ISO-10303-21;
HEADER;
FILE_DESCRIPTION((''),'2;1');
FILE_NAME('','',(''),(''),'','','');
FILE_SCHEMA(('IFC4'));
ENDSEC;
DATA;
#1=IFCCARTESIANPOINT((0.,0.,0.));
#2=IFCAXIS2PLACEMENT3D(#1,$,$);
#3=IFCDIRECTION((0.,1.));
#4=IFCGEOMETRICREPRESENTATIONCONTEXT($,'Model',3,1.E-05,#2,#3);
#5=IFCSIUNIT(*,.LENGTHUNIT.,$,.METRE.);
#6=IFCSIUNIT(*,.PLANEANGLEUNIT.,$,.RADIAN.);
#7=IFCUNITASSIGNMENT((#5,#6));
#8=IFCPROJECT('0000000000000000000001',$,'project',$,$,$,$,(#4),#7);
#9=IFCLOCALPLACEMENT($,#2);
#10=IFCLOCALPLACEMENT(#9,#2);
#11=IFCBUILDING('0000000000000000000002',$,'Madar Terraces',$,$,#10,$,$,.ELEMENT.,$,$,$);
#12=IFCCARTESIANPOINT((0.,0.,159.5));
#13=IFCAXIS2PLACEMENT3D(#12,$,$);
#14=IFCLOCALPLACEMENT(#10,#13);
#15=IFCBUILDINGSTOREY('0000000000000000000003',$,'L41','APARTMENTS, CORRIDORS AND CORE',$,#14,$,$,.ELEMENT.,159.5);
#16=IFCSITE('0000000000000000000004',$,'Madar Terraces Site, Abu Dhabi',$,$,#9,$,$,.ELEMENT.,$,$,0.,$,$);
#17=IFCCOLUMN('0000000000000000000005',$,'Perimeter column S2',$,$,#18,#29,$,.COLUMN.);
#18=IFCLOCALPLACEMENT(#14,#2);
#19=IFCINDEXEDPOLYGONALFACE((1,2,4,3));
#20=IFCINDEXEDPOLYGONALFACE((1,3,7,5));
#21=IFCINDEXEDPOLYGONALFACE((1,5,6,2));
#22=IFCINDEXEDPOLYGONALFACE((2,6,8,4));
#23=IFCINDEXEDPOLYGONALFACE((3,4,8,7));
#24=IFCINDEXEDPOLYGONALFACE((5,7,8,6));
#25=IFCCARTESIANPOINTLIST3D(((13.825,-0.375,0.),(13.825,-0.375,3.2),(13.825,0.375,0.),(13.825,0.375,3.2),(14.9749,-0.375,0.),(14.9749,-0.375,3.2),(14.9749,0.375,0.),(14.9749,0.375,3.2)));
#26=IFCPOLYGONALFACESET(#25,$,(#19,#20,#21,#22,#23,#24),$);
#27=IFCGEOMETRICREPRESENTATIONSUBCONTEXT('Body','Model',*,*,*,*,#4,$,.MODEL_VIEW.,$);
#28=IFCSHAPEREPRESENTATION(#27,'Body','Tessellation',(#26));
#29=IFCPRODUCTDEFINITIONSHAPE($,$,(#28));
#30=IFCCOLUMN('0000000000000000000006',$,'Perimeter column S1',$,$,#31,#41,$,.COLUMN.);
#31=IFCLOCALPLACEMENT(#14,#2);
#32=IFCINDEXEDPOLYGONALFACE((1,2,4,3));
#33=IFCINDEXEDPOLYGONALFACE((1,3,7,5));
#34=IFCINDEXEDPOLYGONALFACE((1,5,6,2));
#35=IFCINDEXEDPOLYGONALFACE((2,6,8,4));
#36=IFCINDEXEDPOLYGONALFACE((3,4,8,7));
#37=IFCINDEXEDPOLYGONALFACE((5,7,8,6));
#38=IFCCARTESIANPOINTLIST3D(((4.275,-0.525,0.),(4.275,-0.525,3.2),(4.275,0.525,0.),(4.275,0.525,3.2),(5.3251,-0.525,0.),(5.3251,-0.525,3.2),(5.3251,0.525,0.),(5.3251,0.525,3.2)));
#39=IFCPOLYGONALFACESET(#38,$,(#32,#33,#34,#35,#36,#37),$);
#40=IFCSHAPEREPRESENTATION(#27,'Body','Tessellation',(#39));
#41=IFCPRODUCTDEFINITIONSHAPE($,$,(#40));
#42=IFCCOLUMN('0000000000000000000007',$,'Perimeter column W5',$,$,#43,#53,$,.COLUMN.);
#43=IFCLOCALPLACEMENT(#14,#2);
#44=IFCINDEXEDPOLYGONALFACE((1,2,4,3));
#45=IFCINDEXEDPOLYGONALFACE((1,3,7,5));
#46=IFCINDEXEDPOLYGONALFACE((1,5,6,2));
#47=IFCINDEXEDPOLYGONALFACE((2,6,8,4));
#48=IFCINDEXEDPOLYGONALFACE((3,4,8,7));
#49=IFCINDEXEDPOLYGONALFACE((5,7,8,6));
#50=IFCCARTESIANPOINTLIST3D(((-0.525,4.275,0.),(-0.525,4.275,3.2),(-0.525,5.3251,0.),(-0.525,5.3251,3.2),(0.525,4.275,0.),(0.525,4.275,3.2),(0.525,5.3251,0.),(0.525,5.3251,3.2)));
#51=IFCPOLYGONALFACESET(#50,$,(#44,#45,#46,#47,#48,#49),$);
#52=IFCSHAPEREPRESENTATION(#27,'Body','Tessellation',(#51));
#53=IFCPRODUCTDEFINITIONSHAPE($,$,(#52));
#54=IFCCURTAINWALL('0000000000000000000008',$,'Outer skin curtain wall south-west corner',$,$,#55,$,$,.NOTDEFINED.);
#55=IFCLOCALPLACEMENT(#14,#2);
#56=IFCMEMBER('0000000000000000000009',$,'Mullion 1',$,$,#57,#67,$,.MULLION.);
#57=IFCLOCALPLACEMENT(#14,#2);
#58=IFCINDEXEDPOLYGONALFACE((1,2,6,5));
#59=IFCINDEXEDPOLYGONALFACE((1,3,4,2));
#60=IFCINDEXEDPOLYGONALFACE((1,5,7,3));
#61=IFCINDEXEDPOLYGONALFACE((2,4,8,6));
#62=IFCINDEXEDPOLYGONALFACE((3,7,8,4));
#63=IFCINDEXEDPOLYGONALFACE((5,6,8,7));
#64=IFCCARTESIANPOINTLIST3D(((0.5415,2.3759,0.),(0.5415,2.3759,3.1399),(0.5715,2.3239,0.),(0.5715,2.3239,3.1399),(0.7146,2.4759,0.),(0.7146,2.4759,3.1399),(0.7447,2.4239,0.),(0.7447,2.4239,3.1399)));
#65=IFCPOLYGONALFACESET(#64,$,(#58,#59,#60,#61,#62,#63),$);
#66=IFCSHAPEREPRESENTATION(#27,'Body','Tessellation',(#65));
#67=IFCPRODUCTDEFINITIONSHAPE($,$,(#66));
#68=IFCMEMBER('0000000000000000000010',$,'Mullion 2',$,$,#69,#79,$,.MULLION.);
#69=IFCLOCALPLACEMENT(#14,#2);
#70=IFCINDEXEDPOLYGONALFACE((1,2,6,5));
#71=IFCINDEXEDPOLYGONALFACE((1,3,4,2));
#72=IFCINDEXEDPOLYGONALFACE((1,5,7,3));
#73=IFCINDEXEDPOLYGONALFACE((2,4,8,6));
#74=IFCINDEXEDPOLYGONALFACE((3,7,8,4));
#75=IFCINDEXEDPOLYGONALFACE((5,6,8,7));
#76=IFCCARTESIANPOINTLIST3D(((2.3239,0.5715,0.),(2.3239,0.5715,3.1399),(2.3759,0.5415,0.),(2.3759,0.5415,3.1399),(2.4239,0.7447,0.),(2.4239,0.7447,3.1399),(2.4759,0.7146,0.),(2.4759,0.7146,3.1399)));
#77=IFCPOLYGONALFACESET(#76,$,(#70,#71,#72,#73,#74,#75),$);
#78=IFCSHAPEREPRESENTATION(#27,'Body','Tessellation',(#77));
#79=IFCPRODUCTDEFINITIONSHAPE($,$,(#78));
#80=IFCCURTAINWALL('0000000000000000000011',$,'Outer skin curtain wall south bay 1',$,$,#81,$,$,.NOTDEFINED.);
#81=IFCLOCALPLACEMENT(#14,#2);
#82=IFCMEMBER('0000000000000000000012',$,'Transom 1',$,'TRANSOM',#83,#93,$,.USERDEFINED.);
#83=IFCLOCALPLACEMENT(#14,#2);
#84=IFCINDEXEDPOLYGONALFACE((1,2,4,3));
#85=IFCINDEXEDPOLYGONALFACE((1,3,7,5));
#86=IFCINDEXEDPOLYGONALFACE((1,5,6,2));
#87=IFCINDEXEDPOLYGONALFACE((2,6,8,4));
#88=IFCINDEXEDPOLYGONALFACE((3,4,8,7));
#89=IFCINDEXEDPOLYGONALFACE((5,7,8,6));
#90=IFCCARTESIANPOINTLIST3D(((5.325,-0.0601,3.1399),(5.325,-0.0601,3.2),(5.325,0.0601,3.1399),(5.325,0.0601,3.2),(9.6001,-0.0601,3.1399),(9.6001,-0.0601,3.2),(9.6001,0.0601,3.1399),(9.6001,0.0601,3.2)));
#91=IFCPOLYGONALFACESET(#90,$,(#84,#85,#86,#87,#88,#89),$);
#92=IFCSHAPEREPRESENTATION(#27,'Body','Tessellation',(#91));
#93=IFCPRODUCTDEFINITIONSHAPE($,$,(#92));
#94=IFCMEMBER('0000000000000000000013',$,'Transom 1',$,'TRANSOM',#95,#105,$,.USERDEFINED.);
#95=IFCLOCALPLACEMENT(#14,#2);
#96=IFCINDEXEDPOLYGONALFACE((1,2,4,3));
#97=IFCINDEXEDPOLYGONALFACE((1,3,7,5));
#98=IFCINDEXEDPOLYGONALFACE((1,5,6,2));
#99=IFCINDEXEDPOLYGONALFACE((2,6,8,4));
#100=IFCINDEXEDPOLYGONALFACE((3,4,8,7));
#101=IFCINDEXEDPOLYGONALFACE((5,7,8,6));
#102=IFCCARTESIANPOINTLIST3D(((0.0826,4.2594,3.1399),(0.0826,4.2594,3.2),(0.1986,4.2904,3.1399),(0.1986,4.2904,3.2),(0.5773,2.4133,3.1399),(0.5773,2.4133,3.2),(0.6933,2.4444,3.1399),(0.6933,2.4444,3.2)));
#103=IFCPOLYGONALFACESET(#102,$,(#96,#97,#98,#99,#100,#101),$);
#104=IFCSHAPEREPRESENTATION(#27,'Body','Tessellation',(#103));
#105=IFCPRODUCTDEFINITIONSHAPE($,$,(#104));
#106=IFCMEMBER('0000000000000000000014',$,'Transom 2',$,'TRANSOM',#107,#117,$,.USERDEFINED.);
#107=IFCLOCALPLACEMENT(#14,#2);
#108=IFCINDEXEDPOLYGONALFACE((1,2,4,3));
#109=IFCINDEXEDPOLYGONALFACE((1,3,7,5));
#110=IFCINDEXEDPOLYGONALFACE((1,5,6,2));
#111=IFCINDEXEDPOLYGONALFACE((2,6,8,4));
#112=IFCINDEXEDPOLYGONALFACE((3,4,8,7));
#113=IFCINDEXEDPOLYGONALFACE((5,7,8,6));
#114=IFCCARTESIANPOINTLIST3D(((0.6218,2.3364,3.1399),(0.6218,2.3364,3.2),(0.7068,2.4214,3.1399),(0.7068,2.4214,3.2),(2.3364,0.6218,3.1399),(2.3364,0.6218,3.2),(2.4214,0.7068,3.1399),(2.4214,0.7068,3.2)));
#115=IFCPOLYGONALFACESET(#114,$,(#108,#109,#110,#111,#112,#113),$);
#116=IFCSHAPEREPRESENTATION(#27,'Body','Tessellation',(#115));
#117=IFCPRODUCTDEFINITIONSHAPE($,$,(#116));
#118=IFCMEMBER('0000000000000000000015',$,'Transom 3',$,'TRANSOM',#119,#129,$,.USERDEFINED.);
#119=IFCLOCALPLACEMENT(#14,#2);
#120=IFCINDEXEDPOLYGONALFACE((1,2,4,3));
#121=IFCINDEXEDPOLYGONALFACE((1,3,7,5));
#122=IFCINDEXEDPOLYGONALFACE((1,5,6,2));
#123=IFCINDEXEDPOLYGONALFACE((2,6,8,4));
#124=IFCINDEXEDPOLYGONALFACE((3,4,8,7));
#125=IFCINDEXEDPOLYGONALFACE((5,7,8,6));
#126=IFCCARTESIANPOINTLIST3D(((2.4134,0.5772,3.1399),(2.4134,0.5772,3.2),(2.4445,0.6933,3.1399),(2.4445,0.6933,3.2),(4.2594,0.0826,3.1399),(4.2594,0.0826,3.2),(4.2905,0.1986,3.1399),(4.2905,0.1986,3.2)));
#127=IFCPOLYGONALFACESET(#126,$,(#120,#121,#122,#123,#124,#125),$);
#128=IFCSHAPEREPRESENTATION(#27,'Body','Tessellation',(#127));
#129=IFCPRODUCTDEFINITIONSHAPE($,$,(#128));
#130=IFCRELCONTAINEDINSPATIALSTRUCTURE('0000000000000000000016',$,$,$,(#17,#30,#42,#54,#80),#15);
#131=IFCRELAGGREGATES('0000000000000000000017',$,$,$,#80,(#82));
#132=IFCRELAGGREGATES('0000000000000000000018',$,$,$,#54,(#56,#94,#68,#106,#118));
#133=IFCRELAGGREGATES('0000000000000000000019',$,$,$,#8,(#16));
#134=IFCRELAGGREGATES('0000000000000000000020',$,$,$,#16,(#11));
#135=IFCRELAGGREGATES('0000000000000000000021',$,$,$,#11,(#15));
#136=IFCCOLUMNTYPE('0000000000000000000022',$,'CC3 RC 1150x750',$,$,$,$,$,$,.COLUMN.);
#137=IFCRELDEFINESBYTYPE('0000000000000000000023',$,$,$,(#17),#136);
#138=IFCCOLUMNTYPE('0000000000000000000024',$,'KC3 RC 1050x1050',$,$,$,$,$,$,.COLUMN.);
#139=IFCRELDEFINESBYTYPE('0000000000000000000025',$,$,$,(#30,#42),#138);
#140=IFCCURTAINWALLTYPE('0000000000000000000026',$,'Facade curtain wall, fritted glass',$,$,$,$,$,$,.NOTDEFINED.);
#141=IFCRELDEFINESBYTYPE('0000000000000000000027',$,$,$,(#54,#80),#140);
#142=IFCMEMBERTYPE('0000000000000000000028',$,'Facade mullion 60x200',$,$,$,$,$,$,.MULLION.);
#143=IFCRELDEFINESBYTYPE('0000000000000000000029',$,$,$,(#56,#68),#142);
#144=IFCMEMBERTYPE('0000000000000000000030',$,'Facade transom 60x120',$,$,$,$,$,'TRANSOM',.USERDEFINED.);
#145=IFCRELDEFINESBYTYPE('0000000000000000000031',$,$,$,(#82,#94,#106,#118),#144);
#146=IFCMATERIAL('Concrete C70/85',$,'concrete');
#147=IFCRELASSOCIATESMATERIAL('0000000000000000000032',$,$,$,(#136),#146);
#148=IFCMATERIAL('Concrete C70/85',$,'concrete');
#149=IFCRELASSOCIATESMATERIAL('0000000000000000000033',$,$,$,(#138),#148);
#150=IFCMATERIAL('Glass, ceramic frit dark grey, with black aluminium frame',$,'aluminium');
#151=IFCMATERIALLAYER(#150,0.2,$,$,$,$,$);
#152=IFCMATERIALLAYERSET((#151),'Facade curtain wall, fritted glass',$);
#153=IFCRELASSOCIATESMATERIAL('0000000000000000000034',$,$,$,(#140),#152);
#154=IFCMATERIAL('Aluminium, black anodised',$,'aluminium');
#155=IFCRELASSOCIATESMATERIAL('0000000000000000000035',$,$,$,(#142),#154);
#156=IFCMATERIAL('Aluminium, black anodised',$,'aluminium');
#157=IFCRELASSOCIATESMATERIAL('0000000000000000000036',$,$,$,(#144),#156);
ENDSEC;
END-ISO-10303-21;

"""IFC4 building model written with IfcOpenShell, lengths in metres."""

from ifc_helpers import new_model, si_unit, direction, frame, origin, origin_2d, place, context, subcontext, project, spatial, rectangle, extrude, material, layer, layer_set, material_profile, profile_set, type_object, element, aggregate, save


model = new_model("IFC4")

# Units and contexts
model_context = context("Model", 3, precision=1e-05, world=origin(), true_north=direction((0.0, 1.0)))
body_context = subcontext(model_context, "Body", "Model", "MODEL_VIEW")
ifc_project = project(units=[si_unit("LENGTHUNIT", "METRE"), si_unit("PLANEANGLEUNIT", "RADIAN")], contexts=[model_context])

# Site, building, storey
site_placement = place(None, origin())
site = spatial("IfcSite", under=ifc_project, at=site_placement, Name="Madar Terraces Site, Abu Dhabi", CompositionType="ELEMENT", RefElevation=0.0)
building_placement = place(site_placement, origin())
building = spatial("IfcBuilding", under=site, at=building_placement, Name="Madar Terraces", CompositionType="ELEMENT")
storey_placement = place(building_placement, frame((0.0, 0.0, 159.5)))
storey = spatial("IfcBuildingStorey", under=building, at=storey_placement, Name="L41", Description="APARTMENTS, CORRIDORS AND CORE", CompositionType="ELEMENT", Elevation=159.5)

# Columns
ifc_material_1 = material(Name="Concrete C70/85", Category="concrete")
ifc_material_profile_1 = material_profile(ifc_material_1, rectangle(XDim=1.1499, YDim=0.75, at=origin_2d()), Name="CC3 RC 1150x750")
ifc_profile_set_1 = profile_set([ifc_material_profile_1], Name="Concrete C70/85")
column_type_1 = type_object("IfcColumnType", Name="CC3 RC 1150x750", PredefinedType="COLUMN", material=ifc_profile_set_1)
column_placement = place(storey_placement, frame((14.3999, 0.0, 0.0), z_axis=(0.0, 0.0, 1.0), x_axis=(1.0, 0.0, 0.0)))
element("IfcColumn", 1, at=column_placement, inside=storey, type_object=column_type_1, Name="Perimeter column S2", PredefinedType="COLUMN", context=body_context, shape_type="SweptSolid", body=[
    extrude(rectangle(XDim=1.1499, YDim=0.75, at=origin_2d()), origin(), (0.0, 0.0, 1.0), 3.2),
])
ifc_material_2 = material(Name="Concrete C70/85", Category="concrete")
ifc_material_profile_2 = material_profile(ifc_material_2, rectangle(XDim=1.05, YDim=1.05, at=origin_2d()), Name="KC3 RC 1050x1050")
ifc_profile_set_2 = profile_set([ifc_material_profile_2], Name="Concrete C70/85")
column_type_2 = type_object("IfcColumnType", Name="KC3 RC 1050x1050", PredefinedType="COLUMN", material=ifc_profile_set_2)
for number, where, z_axis, x_axis, name in (
    (2, (4.8, 0.0, 0.0), (0.0, 0.0, 1.0), (1.0, 0.0, 0.0), "Perimeter column S1"),
    (3, (0.0, 4.8, 0.0), (0.0, 0.0, 1.0), (1.0, 0.0, 0.0), "Perimeter column W5"),
):
    element("IfcColumn", number, at=place(storey_placement, frame(where, z_axis=z_axis, x_axis=x_axis)), inside=storey, type_object=column_type_2, Name=name, PredefinedType="COLUMN", context=body_context, shape_type="SweptSolid", body=[
        extrude(rectangle(XDim=1.05, YDim=1.05, at=origin_2d()), origin(), (0.0, 0.0, 1.0), 3.2),
    ])

# Curtain wall, members
ifc_material_3 = material(Name="Glass, ceramic frit dark grey, with black aluminium frame", Category="aluminium")
ifc_layer_1 = layer(ifc_material_3, 0.2)
ifc_layer_set_1 = layer_set([ifc_layer_1], Name="Facade curtain wall, fritted glass")
curtain_wall_type = type_object("IfcCurtainWallType", Name="Facade curtain wall, fritted glass", PredefinedType="NOTDEFINED", material=ifc_layer_set_1)
curtain_wall_1_placement = place(storey_placement, origin())
curtain_wall_1 = element("IfcCurtainWall", 4, at=curtain_wall_1_placement, inside=storey, type_object=curtain_wall_type, Name="Outer skin curtain wall south-west corner", PredefinedType="NOTDEFINED")
ifc_material_4 = material(Name="Aluminium, black anodised", Category="aluminium")
ifc_material_profile_3 = material_profile(ifc_material_4, rectangle(XDim=0.2, YDim=0.0601, at=origin_2d()), Name="Facade mullion 60x200")
ifc_profile_set_3 = profile_set([ifc_material_profile_3], Name="Aluminium, black anodised")
member_type_1 = type_object("IfcMemberType", Name="Facade mullion 60x200", PredefinedType="MULLION", material=ifc_profile_set_3)
member_1_placement = place(storey_placement, frame((0.6431, 2.3999, 0.0), z_axis=(0.0, 0.0, 1.0), x_axis=(0.866025, 0.5, 0.0)))
member_1 = element("IfcMember", 5, at=member_1_placement, type_object=member_type_1, Name="Mullion 1", PredefinedType="MULLION", context=body_context, shape_type="SweptSolid", body=[
    extrude(rectangle(XDim=0.2, YDim=0.0601, at=origin_2d()), origin(), (0.0, 0.0, 1.0), 3.1399),
])
member_2_placement = place(storey_placement, frame((2.3999, 0.6431, 0.0), z_axis=(0.0, 0.0, 1.0), x_axis=(0.5, 0.866025, 0.0)))
member_2 = element("IfcMember", 6, at=member_2_placement, type_object=member_type_1, Name="Mullion 2", PredefinedType="MULLION", context=body_context, shape_type="SweptSolid", body=[
    extrude(rectangle(XDim=0.2, YDim=0.0601, at=origin_2d()), origin(), (0.0, 0.0, 1.0), 3.1399),
])

# Curtain wall, member
curtain_wall_2_placement = place(storey_placement, origin())
curtain_wall_2 = element("IfcCurtainWall", 7, at=curtain_wall_2_placement, inside=storey, type_object=curtain_wall_type, Name="Outer skin curtain wall south bay 1", PredefinedType="NOTDEFINED")
ifc_material_5 = material(Name="Aluminium, black anodised", Category="aluminium")
ifc_material_profile_4 = material_profile(ifc_material_5, rectangle(XDim=0.1201, YDim=0.0601, at=origin_2d()), Name="Facade transom 60x120")
ifc_profile_set_4 = profile_set([ifc_material_profile_4], Name="Aluminium, black anodised")
member_type_2 = type_object("IfcMemberType", Name="Facade transom 60x120", ElementType="TRANSOM", PredefinedType="USERDEFINED", material=ifc_profile_set_4)
member_3_placement = place(storey_placement, frame((5.325, 0.0, 3.1699), z_axis=(1.0, 0.0, 0.0), x_axis=(0.0, 1.0, 0.0)))
member_3 = element("IfcMember", 8, at=member_3_placement, type_object=member_type_2, Name="Transom 1", ObjectType="TRANSOM", PredefinedType="USERDEFINED", context=body_context, shape_type="SweptSolid", body=[
    extrude(rectangle(XDim=0.1201, YDim=0.0601, at=origin_2d()), origin(), (0.0, 0.0, 1.0), 4.2751),
])

# Members
member_4_placement = place(storey_placement, frame((0.1406, 4.2749, 3.1699), z_axis=(0.258823, -0.965925, 0.0), x_axis=(0.965925, 0.258823, 0.0)))
member_4 = element("IfcMember", 9, at=member_4_placement, type_object=member_type_2, Name="Transom 1", ObjectType="TRANSOM", PredefinedType="USERDEFINED", context=body_context, shape_type="SweptSolid", body=[
    extrude(rectangle(XDim=0.1201, YDim=0.0601, at=origin_2d()), origin(), (0.0, 0.0, 1.0), 1.9111),
])
member_5_placement = place(storey_placement, frame((0.6643, 2.3789, 3.1699), z_axis=(0.707107, -0.707107, 0.0), x_axis=(0.707107, 0.707107, 0.0)))
member_5 = element("IfcMember", 10, at=member_5_placement, type_object=member_type_2, Name="Transom 2", ObjectType="TRANSOM", PredefinedType="USERDEFINED", context=body_context, shape_type="SweptSolid", body=[
    extrude(rectangle(XDim=0.1201, YDim=0.0601, at=origin_2d()), origin(), (0.0, 0.0, 1.0), 2.4248),
])
member_6_placement = place(storey_placement, frame((2.429, 0.6353, 3.1699), z_axis=(0.965925, -0.258823, 0.0), x_axis=(0.258823, 0.965925, 0.0)))
member_6 = element("IfcMember", 11, at=member_6_placement, type_object=member_type_2, Name="Transom 3", ObjectType="TRANSOM", PredefinedType="USERDEFINED", context=body_context, shape_type="SweptSolid", body=[
    extrude(rectangle(XDim=0.1201, YDim=0.0601, at=origin_2d()), origin(), (0.0, 0.0, 1.0), 1.9111),
])

aggregate(curtain_wall_2, [member_3])
aggregate(curtain_wall_1, [member_1, member_4, member_2, member_5, member_6])

save(model, "model.ifc")
